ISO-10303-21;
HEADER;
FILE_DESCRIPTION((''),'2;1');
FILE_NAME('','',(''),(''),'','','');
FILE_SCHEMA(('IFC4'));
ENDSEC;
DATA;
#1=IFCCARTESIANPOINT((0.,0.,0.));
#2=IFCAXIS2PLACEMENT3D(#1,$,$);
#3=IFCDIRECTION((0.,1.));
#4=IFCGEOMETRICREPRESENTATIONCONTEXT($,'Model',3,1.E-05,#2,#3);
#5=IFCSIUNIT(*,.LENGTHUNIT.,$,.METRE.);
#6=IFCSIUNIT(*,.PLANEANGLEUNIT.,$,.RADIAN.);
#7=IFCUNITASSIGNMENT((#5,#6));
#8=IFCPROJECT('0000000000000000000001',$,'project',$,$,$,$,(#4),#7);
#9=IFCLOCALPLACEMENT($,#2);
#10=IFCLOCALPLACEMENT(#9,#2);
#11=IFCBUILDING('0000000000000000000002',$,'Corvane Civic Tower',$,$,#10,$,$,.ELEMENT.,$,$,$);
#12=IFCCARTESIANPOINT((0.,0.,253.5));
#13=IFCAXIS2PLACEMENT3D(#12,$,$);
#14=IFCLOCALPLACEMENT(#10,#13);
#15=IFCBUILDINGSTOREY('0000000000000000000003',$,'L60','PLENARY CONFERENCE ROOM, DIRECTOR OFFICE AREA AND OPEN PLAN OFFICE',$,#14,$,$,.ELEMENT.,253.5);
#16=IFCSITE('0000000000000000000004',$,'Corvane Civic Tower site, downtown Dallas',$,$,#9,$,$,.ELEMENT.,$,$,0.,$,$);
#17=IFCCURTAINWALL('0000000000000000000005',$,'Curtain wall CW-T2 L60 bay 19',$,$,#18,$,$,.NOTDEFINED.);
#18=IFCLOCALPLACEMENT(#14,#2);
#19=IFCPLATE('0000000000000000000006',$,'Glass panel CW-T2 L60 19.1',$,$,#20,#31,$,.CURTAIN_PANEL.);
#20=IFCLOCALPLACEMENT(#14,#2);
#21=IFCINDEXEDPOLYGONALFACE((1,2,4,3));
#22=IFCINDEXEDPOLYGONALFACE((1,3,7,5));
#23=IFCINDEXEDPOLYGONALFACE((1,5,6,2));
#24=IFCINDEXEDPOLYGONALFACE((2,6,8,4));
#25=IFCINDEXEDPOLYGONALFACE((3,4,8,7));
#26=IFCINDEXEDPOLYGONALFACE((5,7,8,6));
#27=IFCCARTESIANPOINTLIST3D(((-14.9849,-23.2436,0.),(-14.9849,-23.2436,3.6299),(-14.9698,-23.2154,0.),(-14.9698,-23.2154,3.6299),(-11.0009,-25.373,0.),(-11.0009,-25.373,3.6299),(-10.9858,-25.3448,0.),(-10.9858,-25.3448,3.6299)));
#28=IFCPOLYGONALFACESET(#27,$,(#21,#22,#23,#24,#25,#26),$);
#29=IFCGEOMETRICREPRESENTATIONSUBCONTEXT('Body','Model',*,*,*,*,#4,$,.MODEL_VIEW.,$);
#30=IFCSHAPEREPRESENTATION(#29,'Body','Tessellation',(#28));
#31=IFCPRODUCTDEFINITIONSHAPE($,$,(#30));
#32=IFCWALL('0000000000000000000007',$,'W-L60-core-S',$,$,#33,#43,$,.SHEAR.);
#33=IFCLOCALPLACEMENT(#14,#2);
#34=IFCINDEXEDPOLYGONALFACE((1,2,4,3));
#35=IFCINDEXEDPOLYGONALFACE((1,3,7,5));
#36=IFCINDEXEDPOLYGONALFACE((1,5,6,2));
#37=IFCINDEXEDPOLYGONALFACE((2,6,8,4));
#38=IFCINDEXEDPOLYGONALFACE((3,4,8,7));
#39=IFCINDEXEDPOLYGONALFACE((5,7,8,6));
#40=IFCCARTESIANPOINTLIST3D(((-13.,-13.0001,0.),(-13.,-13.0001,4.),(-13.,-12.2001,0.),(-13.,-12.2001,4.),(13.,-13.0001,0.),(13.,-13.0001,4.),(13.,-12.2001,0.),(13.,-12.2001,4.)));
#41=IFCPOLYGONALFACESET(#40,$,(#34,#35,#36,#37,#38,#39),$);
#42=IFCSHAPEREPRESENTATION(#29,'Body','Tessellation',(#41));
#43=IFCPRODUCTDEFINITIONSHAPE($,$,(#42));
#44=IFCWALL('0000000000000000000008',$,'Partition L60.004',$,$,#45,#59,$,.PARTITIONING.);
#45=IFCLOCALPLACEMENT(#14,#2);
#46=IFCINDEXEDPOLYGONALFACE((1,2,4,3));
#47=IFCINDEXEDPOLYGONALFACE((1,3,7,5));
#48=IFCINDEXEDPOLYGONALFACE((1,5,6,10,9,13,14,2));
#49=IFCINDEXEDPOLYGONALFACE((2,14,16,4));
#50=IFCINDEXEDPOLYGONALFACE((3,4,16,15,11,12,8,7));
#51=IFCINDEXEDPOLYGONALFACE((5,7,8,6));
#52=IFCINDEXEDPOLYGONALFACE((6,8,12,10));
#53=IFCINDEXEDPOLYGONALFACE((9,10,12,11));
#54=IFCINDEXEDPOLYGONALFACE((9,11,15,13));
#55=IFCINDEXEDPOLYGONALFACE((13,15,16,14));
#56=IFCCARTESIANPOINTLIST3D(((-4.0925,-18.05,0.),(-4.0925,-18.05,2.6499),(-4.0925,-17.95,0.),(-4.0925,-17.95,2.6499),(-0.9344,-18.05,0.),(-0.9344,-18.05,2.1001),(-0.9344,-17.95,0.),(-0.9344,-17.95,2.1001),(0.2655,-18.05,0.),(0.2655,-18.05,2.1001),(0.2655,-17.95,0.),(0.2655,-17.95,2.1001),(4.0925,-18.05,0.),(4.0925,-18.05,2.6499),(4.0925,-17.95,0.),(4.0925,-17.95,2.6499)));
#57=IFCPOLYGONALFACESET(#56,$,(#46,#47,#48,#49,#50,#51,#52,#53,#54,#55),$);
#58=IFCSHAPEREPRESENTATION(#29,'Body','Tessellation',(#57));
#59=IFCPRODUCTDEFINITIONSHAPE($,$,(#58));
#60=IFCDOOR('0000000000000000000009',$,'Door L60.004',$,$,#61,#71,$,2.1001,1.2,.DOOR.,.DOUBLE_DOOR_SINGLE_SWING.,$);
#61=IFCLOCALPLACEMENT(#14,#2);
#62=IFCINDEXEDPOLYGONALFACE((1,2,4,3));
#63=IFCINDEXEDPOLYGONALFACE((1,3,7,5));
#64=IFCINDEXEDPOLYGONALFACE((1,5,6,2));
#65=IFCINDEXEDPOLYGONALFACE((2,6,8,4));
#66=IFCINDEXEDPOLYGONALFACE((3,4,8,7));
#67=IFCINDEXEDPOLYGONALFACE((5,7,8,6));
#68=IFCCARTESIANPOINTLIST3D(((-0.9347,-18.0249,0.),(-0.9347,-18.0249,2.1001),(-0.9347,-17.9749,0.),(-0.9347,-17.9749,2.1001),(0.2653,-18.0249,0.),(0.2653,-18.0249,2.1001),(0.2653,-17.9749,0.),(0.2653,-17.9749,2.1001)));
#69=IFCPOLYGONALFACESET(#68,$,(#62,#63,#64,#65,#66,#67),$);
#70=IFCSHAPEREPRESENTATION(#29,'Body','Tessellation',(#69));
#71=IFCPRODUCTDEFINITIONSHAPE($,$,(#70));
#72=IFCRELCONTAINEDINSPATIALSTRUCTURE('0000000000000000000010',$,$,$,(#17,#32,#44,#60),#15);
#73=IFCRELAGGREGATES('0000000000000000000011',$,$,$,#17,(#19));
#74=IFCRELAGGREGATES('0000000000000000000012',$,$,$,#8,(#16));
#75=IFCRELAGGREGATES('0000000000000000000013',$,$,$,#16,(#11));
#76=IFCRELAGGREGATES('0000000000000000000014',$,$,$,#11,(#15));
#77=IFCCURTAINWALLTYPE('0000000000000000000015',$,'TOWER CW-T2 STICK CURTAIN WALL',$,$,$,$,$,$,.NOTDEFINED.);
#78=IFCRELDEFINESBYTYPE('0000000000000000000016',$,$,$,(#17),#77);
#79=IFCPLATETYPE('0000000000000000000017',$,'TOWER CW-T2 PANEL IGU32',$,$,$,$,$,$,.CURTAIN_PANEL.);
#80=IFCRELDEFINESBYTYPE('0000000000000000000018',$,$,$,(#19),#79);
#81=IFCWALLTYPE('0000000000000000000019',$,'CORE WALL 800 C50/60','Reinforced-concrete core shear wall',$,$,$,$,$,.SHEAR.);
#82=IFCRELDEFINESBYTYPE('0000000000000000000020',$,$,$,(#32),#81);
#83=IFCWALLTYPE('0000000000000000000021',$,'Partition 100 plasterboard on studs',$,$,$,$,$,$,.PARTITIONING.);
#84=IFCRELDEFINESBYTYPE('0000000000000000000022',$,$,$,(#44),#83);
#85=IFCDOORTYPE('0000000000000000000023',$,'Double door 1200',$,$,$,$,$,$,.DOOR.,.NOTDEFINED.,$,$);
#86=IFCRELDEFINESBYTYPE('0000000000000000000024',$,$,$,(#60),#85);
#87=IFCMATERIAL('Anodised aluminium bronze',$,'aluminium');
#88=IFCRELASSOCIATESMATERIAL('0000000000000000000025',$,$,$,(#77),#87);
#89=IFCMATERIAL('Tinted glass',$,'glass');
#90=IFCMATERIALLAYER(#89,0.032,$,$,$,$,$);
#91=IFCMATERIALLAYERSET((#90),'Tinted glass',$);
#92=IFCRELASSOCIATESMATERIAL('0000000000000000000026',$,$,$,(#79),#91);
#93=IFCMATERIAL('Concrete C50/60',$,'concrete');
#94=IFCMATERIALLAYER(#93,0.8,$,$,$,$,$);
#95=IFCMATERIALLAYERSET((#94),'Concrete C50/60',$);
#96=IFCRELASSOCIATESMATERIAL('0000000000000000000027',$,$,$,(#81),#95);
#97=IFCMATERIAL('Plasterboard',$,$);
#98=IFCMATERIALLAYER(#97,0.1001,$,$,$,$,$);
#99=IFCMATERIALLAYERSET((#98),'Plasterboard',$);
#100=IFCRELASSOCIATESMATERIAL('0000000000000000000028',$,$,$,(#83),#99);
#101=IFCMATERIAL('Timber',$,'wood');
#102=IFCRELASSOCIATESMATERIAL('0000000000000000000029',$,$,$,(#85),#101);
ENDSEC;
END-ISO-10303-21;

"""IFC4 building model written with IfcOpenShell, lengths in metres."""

from ifc_helpers import new_model, si_unit, direction, frame, frame_2d, origin, origin_2d, place, context, subcontext, project, spatial, rectangle, extrude, material, layer, layer_set, type_object, element, fill, aggregate, save


model = new_model("IFC4")

# Units and contexts
model_context = context("Model", 3, precision=1e-05, world=origin(), true_north=direction((0.0, 1.0)))
body_context = subcontext(model_context, "Body", "Model", "MODEL_VIEW")
ifc_project = project(units=[si_unit("LENGTHUNIT", "METRE"), si_unit("PLANEANGLEUNIT", "RADIAN")], contexts=[model_context])

# Site, building, storey
site_placement = place(None, origin())
site = spatial("IfcSite", under=ifc_project, at=site_placement, Name="Corvane Civic Tower site, downtown Dallas", CompositionType="ELEMENT", RefElevation=0.0)
building_placement = place(site_placement, origin())
building = spatial("IfcBuilding", under=site, at=building_placement, Name="Corvane Civic Tower", CompositionType="ELEMENT")
storey_placement = place(building_placement, frame((0.0, 0.0, 253.5)))
storey = spatial("IfcBuildingStorey", under=building, at=storey_placement, Name="L60", Description="PLENARY CONFERENCE ROOM, DIRECTOR OFFICE AREA AND OPEN PLAN OFFICE", CompositionType="ELEMENT", Elevation=253.5)

# Curtain wall
ifc_material_1 = material(Name="Anodised aluminium bronze", Category="aluminium")
curtain_wall_type = type_object("IfcCurtainWallType", Name="TOWER CW-T2 STICK CURTAIN WALL", PredefinedType="NOTDEFINED", material=ifc_material_1)
curtain_wall_1_placement = place(storey_placement, origin())
curtain_wall_1 = element("IfcCurtainWall", 1, at=curtain_wall_1_placement, inside=storey, type_object=curtain_wall_type, Name="Curtain wall CW-T2 L60 bay 19", PredefinedType="NOTDEFINED")

# Plate
ifc_material_2 = material(Name="Tinted glass", Category="glass")
ifc_layer_1 = layer(ifc_material_2, 0.032)
ifc_layer_set_1 = layer_set([ifc_layer_1], Name="Tinted glass")
plate_type = type_object("IfcPlateType", Name="TOWER CW-T2 PANEL IGU32", PredefinedType="CURTAIN_PANEL", material=ifc_layer_set_1)
plate_1_placement = place(storey_placement, frame((-12.9854, -24.2942, 0.0), z_axis=(0.0, 0.0, 1.0), x_axis=(-0.88192, 0.471398, 0.0)))
plate_1 = element("IfcPlate", 2, at=plate_1_placement, type_object=plate_type, Name="Glass panel CW-T2 L60 19.1", PredefinedType="CURTAIN_PANEL", context=body_context, shape_type="SweptSolid", body=[
    extrude(rectangle(XDim=4.5173, YDim=0.032, at=origin_2d()), origin(), (0.0, 0.0, 1.0), 3.6299),
])
aggregate(curtain_wall_1, [plate_1])

# Wall
ifc_material_3 = material(Name="Concrete C50/60", Category="concrete")
ifc_layer_2 = layer(ifc_material_3, 0.8)
ifc_layer_set_2 = layer_set([ifc_layer_2], Name="Concrete C50/60")
wall_type_1 = type_object("IfcWallType", Name="CORE WALL 800 C50/60", Description="Reinforced-concrete core shear wall", PredefinedType="SHEAR", material=ifc_layer_set_2)
wall_1_placement = place(storey_placement, frame((-13.0, -12.6001, 0.0), z_axis=(0.0, 0.0, 1.0), x_axis=(1.0, 0.0, 0.0)))
element("IfcWall", 3, at=wall_1_placement, inside=storey, type_object=wall_type_1, Name="W-L60-core-S", PredefinedType="SHEAR", context=body_context, shape_type="SweptSolid", body=[
    extrude(rectangle(XDim=26.0, YDim=0.8, at=frame_2d((13.0, 0.0))), origin(), (0.0, 0.0, 1.0), 4.0),
])

# Wall, opening, door
ifc_material_4 = material(Name="Plasterboard")
ifc_layer_3 = layer(ifc_material_4, 0.1001)
ifc_layer_set_3 = layer_set([ifc_layer_3], Name="Plasterboard")
wall_type_2 = type_object("IfcWallType", Name="Partition 100 plasterboard on studs", PredefinedType="PARTITIONING", material=ifc_layer_set_3)
wall_2_placement = place(storey_placement, frame((-4.0925, -18.0, 0.0), z_axis=(0.0, 0.0, 1.0), x_axis=(1.0, 0.0, 0.0)))
wall_2 = element("IfcWall", 4, at=wall_2_placement, inside=storey, type_object=wall_type_2, Name="Partition L60.004", PredefinedType="PARTITIONING", context=body_context, shape_type="SweptSolid", body=[
    extrude(rectangle(XDim=8.1851, YDim=0.1001, at=frame_2d((4.0925, 0.0))), origin(), (0.0, 0.0, 1.0), 2.6499),
])
opening_placement = place(wall_2_placement, frame((3.158, 0.0, 0.0)))
opening = element("IfcOpeningElement", 5, at=opening_placement, cuts=wall_2, PredefinedType="OPENING", context=body_context, shape_type="SweptSolid", body=[
    extrude(rectangle(XDim=1.2, YDim=2.1001, at=frame_2d((0.6001, 1.05))), frame((0.0, 0.0601, 0.0), z_axis=(0.0, -1.0, 0.0), x_axis=(1.0, 0.0, 0.0)), (0.0, 0.0, 1.0), 0.1201),
])
ifc_material_5 = material(Name="Timber", Category="wood")
door_type = type_object("IfcDoorType", Name="Double door 1200", OperationType="NOTDEFINED", PredefinedType="DOOR", material=ifc_material_5)
door_placement = place(opening_placement, frame((1.2, 0.0, 0.0), z_axis=(0.0, 0.0, 1.0), x_axis=(-1.0, 0.0, 0.0)))
door = element("IfcDoor", 6, at=door_placement, inside=storey, type_object=door_type, Name="Door L60.004", OperationType="DOUBLE_DOOR_SINGLE_SWING", OverallHeight=2.1001, OverallWidth=1.2, PredefinedType="DOOR", context=body_context, shape_type="SweptSolid", body=[
    extrude(rectangle(XDim=1.2, YDim=2.1001, at=frame_2d((0.6001, 1.05))), frame((0.0, 0.0249, 0.0), z_axis=(0.0, -1.0, 0.0), x_axis=(1.0, 0.0, 0.0)), (0.0, 0.0, 1.0), 0.05),
])
fill(opening, door)

save(model, "model.ifc")
